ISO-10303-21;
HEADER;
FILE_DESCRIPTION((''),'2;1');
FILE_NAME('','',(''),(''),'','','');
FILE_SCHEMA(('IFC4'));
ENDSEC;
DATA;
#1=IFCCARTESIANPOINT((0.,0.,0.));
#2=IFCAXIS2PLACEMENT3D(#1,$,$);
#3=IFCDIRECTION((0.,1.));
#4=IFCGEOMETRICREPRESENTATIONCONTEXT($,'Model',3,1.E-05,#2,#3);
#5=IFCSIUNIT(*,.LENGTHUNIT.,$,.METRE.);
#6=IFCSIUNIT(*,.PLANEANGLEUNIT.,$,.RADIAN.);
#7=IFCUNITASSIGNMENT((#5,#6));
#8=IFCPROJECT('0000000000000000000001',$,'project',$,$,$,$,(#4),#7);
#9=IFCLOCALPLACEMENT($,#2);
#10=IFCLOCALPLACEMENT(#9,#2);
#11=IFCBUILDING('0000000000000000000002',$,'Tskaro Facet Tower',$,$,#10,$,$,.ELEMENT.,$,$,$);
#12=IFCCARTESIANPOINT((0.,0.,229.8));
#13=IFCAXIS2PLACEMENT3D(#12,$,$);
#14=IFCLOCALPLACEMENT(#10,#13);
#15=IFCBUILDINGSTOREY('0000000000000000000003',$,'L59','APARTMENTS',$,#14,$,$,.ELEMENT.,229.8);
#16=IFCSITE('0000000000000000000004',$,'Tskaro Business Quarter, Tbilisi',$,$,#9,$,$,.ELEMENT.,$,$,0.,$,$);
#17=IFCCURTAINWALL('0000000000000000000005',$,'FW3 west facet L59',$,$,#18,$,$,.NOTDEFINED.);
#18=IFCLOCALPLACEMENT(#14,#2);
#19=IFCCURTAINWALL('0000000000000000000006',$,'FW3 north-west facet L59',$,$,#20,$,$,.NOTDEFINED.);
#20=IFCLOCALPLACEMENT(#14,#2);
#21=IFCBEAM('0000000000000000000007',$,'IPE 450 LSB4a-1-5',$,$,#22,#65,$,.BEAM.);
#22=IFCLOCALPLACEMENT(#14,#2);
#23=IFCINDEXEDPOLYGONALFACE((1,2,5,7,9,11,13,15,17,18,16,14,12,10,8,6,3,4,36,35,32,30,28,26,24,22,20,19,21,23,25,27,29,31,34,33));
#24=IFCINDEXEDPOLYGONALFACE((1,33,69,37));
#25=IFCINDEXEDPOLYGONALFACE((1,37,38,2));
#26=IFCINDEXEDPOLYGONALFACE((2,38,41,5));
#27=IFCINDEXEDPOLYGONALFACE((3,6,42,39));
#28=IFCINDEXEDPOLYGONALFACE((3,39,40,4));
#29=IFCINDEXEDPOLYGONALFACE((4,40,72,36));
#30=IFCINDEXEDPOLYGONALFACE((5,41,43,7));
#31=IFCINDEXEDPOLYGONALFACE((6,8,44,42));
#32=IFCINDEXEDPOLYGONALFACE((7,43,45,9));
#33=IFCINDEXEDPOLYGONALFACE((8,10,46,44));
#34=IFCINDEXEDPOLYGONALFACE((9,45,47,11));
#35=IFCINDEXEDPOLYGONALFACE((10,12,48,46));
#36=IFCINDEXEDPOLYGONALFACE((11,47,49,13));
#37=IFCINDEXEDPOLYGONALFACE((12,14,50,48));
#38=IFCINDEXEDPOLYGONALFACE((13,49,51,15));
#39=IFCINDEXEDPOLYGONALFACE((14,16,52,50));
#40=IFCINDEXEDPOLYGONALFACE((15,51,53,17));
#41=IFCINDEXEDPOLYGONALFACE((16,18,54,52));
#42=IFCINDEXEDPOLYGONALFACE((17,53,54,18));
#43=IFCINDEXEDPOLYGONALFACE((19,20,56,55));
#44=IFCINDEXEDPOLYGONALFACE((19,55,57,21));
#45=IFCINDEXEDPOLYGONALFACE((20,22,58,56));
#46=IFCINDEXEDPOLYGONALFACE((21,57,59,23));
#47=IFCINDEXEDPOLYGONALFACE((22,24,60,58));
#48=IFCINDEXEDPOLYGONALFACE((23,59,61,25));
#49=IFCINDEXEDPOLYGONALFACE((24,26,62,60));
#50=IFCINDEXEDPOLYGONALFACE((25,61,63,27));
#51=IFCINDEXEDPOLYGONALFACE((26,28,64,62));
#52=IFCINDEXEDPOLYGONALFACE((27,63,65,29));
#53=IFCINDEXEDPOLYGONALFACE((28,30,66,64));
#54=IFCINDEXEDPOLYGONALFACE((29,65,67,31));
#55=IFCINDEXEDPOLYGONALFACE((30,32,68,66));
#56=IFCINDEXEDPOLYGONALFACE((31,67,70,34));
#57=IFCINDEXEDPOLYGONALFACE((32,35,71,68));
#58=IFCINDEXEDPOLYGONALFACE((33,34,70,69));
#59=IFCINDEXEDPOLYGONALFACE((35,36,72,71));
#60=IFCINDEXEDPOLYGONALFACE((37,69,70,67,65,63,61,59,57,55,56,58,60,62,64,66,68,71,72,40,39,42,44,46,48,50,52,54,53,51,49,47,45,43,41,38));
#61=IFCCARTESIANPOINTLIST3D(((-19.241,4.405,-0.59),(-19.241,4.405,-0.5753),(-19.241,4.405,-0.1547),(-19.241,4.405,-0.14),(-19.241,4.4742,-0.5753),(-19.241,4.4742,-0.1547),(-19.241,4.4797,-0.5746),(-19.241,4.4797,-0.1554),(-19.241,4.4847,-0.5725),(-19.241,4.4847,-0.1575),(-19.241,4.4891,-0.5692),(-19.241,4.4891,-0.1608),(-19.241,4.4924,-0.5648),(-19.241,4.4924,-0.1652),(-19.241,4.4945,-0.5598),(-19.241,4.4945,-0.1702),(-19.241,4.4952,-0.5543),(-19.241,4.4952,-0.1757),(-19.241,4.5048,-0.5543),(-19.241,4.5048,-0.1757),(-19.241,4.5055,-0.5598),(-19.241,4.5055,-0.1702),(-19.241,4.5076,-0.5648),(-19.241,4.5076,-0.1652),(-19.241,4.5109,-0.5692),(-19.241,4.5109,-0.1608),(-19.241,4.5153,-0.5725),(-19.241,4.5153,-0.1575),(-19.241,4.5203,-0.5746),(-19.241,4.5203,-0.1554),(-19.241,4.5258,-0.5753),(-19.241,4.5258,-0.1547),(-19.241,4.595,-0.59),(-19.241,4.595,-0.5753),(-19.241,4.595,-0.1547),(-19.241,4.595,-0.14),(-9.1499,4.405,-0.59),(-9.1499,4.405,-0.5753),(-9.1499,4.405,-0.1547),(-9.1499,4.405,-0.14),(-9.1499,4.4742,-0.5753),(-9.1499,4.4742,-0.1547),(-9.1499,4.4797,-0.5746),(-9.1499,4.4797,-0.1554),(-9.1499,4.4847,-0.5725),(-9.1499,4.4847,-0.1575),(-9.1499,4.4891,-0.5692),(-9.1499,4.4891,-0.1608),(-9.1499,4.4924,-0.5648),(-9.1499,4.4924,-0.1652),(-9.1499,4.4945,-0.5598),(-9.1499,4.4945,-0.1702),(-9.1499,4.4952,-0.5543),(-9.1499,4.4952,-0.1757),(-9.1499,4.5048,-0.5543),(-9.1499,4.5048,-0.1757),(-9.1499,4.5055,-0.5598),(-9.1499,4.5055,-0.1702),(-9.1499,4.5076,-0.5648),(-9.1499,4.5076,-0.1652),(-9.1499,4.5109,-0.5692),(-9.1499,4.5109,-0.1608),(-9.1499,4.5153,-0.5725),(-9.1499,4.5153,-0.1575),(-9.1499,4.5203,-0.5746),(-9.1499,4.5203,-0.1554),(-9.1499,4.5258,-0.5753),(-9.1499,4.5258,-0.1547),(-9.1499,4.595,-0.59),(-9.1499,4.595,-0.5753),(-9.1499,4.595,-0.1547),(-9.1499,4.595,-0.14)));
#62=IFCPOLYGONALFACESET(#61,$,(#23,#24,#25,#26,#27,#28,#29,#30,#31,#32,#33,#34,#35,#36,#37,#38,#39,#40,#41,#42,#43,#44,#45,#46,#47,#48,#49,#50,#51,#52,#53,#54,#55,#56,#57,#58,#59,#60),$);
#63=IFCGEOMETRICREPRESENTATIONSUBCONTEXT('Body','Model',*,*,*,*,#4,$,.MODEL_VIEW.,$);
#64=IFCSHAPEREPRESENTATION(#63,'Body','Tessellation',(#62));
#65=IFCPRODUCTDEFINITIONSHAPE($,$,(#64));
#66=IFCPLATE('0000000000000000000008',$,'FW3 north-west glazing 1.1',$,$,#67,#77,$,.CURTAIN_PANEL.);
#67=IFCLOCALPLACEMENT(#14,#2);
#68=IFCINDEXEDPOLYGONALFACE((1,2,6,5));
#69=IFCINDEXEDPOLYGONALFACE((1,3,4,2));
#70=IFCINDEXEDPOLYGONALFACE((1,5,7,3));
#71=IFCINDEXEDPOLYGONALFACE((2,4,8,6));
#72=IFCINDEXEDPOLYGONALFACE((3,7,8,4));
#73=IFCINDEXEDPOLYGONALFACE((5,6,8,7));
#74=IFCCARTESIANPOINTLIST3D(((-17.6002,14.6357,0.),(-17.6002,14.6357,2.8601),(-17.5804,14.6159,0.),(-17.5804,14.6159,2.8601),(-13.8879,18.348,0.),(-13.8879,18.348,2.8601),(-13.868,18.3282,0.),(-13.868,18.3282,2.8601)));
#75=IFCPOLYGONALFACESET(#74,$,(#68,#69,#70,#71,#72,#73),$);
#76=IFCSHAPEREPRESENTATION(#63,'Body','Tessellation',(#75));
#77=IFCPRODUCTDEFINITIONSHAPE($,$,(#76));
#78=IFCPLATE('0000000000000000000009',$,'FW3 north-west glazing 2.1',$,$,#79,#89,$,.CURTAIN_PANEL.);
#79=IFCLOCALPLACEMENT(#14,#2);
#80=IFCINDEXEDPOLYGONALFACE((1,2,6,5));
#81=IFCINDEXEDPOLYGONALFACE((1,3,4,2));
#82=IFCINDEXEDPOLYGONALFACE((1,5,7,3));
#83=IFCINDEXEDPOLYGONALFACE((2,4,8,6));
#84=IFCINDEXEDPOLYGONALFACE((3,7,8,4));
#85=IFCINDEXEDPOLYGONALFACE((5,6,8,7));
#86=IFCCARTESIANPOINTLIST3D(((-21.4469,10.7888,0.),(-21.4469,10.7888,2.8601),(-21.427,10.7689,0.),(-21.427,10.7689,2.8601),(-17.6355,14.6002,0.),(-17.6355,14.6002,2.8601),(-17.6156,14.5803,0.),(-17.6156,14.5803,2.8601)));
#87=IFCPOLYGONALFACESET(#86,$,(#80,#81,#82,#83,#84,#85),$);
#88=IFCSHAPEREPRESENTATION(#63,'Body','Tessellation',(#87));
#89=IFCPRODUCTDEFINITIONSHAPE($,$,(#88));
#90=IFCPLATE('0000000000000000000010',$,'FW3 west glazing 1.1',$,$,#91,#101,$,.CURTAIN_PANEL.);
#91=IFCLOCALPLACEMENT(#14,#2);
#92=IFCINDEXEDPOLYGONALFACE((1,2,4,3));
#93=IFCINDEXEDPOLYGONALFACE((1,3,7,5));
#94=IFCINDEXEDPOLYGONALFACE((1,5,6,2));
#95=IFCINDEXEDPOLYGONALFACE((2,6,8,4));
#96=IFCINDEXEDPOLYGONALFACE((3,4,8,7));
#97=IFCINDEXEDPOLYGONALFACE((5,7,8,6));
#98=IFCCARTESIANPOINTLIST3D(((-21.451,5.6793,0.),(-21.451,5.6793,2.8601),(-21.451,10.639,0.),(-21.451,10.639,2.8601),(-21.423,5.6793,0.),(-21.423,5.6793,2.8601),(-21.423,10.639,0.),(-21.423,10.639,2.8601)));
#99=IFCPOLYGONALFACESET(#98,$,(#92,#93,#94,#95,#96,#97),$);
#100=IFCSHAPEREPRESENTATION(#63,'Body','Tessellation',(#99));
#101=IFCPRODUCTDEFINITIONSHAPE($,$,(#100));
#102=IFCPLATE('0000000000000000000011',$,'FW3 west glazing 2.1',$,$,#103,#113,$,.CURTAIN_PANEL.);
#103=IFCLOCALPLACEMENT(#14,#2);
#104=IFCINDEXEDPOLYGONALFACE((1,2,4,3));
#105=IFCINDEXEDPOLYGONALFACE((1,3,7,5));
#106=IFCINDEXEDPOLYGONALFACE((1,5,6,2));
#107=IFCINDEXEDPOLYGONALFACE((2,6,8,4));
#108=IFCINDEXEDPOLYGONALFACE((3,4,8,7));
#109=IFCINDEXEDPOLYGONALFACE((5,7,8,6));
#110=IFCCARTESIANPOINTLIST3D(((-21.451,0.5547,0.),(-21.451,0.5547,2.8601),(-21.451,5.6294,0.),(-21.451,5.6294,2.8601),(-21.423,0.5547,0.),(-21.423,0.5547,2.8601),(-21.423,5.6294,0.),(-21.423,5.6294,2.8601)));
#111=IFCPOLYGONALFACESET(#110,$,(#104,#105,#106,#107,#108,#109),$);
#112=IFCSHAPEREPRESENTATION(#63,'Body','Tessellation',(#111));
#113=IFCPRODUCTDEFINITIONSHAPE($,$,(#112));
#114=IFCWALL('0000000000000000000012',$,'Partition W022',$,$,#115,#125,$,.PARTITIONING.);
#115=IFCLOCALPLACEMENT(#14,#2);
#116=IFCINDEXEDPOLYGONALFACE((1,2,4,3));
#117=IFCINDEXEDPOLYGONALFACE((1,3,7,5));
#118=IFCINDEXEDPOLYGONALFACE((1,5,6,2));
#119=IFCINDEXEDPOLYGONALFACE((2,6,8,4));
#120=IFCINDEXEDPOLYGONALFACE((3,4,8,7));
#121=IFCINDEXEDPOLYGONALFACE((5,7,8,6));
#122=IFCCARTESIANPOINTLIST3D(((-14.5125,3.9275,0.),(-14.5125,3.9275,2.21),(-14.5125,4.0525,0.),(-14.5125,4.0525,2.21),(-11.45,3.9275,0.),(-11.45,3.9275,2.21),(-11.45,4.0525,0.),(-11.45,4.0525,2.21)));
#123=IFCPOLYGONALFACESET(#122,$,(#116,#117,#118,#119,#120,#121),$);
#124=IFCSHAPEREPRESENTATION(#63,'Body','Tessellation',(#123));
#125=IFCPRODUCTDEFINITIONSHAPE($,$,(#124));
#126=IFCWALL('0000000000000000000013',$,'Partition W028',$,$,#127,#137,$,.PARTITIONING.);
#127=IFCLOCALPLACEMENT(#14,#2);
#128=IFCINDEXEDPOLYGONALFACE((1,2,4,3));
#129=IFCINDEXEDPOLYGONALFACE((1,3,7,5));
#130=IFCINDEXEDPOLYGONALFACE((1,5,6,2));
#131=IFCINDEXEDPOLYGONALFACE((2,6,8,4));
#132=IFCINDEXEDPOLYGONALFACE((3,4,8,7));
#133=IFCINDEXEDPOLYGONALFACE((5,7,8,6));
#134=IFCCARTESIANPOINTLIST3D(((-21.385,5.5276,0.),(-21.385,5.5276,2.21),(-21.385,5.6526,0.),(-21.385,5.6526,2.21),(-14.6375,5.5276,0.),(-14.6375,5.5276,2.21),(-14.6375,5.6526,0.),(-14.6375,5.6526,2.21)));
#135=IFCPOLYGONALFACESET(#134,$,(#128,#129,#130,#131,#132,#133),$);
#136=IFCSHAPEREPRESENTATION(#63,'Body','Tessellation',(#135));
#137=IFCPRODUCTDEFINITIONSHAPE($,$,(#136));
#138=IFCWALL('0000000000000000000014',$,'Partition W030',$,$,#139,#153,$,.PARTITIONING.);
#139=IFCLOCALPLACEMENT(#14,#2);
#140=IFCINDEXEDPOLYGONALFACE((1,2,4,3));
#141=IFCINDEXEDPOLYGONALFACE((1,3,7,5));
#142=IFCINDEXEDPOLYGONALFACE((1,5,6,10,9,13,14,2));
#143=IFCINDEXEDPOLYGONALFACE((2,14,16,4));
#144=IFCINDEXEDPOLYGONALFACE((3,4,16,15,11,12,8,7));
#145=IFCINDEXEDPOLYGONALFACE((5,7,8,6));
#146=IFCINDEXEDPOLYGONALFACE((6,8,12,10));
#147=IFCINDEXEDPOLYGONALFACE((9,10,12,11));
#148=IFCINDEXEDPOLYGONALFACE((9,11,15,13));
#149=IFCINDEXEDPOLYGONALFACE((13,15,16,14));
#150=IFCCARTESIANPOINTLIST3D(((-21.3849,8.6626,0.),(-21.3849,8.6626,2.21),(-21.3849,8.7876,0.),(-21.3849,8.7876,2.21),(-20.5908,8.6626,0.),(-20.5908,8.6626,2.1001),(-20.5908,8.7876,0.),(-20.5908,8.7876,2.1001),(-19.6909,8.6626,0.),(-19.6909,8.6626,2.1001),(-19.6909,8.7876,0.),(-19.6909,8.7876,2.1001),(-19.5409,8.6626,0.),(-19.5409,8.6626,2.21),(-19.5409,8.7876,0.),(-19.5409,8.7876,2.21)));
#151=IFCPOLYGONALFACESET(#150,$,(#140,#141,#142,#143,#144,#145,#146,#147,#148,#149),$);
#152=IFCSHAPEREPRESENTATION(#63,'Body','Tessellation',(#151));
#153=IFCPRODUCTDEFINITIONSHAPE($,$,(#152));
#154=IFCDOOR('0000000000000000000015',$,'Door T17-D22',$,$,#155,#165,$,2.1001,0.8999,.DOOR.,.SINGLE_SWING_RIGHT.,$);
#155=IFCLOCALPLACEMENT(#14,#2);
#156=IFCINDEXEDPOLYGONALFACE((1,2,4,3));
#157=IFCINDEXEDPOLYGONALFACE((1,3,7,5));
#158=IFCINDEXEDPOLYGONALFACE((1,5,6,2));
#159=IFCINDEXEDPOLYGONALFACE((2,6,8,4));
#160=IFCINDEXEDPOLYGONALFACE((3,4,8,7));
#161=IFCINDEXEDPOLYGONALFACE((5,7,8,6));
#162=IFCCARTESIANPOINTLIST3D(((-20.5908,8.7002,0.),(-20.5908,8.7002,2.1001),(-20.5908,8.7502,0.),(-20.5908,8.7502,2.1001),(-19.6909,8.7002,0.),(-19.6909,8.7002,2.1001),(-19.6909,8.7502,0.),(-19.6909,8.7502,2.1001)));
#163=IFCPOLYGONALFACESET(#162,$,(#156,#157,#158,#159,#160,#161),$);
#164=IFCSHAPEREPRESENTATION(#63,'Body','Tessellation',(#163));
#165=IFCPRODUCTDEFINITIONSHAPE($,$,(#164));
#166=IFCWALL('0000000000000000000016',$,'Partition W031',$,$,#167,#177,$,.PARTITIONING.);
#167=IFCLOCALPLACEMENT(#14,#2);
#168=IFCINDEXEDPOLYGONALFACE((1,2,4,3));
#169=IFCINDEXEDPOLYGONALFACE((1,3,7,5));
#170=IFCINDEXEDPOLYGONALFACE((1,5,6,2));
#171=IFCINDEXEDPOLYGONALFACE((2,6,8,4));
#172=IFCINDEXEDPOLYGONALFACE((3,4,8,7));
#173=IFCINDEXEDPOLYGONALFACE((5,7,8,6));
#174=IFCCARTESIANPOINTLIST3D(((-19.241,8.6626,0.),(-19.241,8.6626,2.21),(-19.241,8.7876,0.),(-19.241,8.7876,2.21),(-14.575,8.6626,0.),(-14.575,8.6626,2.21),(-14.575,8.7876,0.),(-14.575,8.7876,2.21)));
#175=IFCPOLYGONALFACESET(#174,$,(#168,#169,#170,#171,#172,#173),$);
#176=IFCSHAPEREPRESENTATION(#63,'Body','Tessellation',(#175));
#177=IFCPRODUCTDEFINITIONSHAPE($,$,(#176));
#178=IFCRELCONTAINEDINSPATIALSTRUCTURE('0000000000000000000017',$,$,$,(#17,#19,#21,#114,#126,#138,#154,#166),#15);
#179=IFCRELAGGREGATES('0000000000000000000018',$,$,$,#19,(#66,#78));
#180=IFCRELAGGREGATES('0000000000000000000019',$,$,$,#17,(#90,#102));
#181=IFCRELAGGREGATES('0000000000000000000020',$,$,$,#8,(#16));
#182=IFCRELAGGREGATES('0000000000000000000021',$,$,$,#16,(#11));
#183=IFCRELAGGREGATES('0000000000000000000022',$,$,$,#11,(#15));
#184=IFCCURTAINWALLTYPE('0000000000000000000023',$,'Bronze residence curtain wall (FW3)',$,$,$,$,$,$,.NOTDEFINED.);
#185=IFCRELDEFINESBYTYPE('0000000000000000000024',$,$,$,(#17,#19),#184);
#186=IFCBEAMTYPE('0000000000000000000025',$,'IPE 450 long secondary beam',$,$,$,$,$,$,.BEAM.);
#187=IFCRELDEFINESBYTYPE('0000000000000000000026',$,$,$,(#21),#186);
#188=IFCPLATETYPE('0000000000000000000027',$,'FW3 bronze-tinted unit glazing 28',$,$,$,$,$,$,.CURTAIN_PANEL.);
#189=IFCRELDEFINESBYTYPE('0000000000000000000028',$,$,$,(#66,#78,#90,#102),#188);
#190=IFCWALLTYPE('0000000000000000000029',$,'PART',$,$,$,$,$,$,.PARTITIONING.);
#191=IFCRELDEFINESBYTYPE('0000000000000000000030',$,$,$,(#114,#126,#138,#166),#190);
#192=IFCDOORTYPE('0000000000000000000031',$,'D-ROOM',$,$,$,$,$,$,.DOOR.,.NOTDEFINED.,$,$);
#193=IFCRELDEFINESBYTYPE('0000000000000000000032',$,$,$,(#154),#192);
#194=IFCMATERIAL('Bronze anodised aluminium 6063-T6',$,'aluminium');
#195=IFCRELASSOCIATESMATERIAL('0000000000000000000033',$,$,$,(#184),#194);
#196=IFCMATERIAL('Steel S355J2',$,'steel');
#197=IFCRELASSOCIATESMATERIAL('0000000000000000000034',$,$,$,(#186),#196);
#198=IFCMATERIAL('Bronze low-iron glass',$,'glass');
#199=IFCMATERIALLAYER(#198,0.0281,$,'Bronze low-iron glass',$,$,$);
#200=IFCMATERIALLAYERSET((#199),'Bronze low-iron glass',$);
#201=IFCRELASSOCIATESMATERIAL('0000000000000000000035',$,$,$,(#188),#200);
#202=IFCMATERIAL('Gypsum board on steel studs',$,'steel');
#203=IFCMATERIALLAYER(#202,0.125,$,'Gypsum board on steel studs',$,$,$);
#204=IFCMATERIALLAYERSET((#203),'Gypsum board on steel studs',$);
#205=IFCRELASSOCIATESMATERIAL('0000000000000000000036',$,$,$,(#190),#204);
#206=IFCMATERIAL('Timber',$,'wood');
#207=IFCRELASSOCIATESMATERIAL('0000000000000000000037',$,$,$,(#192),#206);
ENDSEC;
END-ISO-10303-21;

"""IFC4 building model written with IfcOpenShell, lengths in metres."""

from ifc_helpers import new_model, si_unit, direction, frame, frame_2d, origin, origin_2d, place, context, subcontext, project, spatial, rectangle, i_section, extrude, material, layer, layer_set, material_profile, profile_set, type_object, element, fill, aggregate, save


model = new_model("IFC4")

# Units and contexts
model_context = context("Model", 3, precision=1e-05, world=origin(), true_north=direction((0.0, 1.0)))
body_context = subcontext(model_context, "Body", "Model", "MODEL_VIEW")
ifc_project = project(units=[si_unit("LENGTHUNIT", "METRE"), si_unit("PLANEANGLEUNIT", "RADIAN")], contexts=[model_context])

# Site, building, storey
site_placement = place(None, origin())
site = spatial("IfcSite", under=ifc_project, at=site_placement, Name="Tskaro Business Quarter, Tbilisi", CompositionType="ELEMENT", RefElevation=0.0)
building_placement = place(site_placement, origin())
building = spatial("IfcBuilding", under=site, at=building_placement, Name="Tskaro Facet Tower", CompositionType="ELEMENT")
storey_placement = place(building_placement, frame((0.0, 0.0, 229.8)))
storey = spatial("IfcBuildingStorey", under=building, at=storey_placement, Name="L59", Description="APARTMENTS", CompositionType="ELEMENT", Elevation=229.8)

# Shared definitions
ifc_material_1 = material(Name="Steel S355J2", Category="steel")

# Curtain walls
ifc_material_2 = material(Name="Bronze anodised aluminium 6063-T6", Category="aluminium")
curtain_wall_type = type_object("IfcCurtainWallType", Name="Bronze residence curtain wall (FW3)", PredefinedType="NOTDEFINED", material=ifc_material_2)
curtain_wall_1_placement = place(storey_placement, origin())
curtain_wall_1 = element("IfcCurtainWall", 1, at=curtain_wall_1_placement, inside=storey, type_object=curtain_wall_type, Name="FW3 west facet L59", PredefinedType="NOTDEFINED")
curtain_wall_2_placement = place(storey_placement, origin())
curtain_wall_2 = element("IfcCurtainWall", 2, at=curtain_wall_2_placement, inside=storey, type_object=curtain_wall_type, Name="FW3 north-west facet L59", PredefinedType="NOTDEFINED")

# Beam
ifc_material_profile_1 = material_profile(ifc_material_1, i_section(OverallWidth=0.1899, OverallDepth=0.45, WebThickness=0.0095, FlangeThickness=0.0146, FilletRadius=0.021, at=origin_2d()), Name="IPE 450")
ifc_profile_set_1 = profile_set([ifc_material_profile_1], Name="Steel S355J2")
beam_type_1 = type_object("IfcBeamType", Name="IPE 450 long secondary beam", PredefinedType="BEAM", material=ifc_profile_set_1)
beam_1_placement = place(storey_placement, frame((-19.241, 4.5, -0.365), z_axis=(1.0, 0.0, 0.0), x_axis=(0.0, 1.0, 0.0)))
element("IfcBeam", 3, at=beam_1_placement, inside=storey, type_object=beam_type_1, Name="IPE 450 LSB4a-1-5", PredefinedType="BEAM", context=body_context, shape_type="SweptSolid", body=[
    extrude(i_section(OverallWidth=0.1899, OverallDepth=0.45, WebThickness=0.0095, FlangeThickness=0.0146, FilletRadius=0.021, at=origin_2d()), origin(), (0.0, 0.0, 1.0), 10.0911),
])

# Plates
ifc_material_3 = material(Name="Bronze low-iron glass", Category="glass")
ifc_layer_1 = layer(ifc_material_3, 0.0281, Name="Bronze low-iron glass")
ifc_layer_set_1 = layer_set([ifc_layer_1], Name="Bronze low-iron glass")
plate_type = type_object("IfcPlateType", Name="FW3 bronze-tinted unit glazing 28", PredefinedType="CURTAIN_PANEL", material=ifc_layer_set_1)
plate_1_placement = place(storey_placement, frame((-15.7341, 16.4819, 0.0), z_axis=(0.0, 0.0, 1.0), x_axis=(-0.707107, -0.707107, 0.0)))
plate_1 = element("IfcPlate", 4, at=plate_1_placement, type_object=plate_type, Name="FW3 north-west glazing 1.1", PredefinedType="CURTAIN_PANEL", context=body_context, shape_type="SweptSolid", body=[
    extrude(rectangle(XDim=5.25, YDim=0.0281, at=origin_2d()), origin(), (0.0, 0.0, 1.0), 2.8601),
])
plate_2_placement = place(storey_placement, frame((-19.5312, 12.6846, 0.0), z_axis=(0.0, 0.0, 1.0), x_axis=(-0.707107, -0.707107, 0.0)))
plate_2 = element("IfcPlate", 5, at=plate_2_placement, type_object=plate_type, Name="FW3 north-west glazing 2.1", PredefinedType="CURTAIN_PANEL", context=body_context, shape_type="SweptSolid", body=[
    extrude(rectangle(XDim=5.3901, YDim=0.0281, at=origin_2d()), origin(), (0.0, 0.0, 1.0), 2.8601),
])
aggregate(curtain_wall_2, [plate_1, plate_2])
plate_3_placement = place(storey_placement, frame((-21.437, 8.1592, 0.0), z_axis=(0.0, 0.0, 1.0), x_axis=(0.0, -1.0, 0.0)))
plate_3 = element("IfcPlate", 6, at=plate_3_placement, type_object=plate_type, Name="FW3 west glazing 1.1", PredefinedType="CURTAIN_PANEL", context=body_context, shape_type="SweptSolid", body=[
    extrude(rectangle(XDim=4.9597, YDim=0.0281, at=origin_2d()), origin(), (0.0, 0.0, 1.0), 2.8601),
])
plate_4_placement = place(storey_placement, frame((-21.437, 3.092, 0.0), z_axis=(0.0, 0.0, 1.0), x_axis=(0.0, -1.0, 0.0)))
plate_4 = element("IfcPlate", 7, at=plate_4_placement, type_object=plate_type, Name="FW3 west glazing 2.1", PredefinedType="CURTAIN_PANEL", context=body_context, shape_type="SweptSolid", body=[
    extrude(rectangle(XDim=5.0747, YDim=0.0281, at=origin_2d()), origin(), (0.0, 0.0, 1.0), 2.8601),
])
aggregate(curtain_wall_1, [plate_3, plate_4])

# Walls
ifc_material_4 = material(Name="Gypsum board on steel studs", Category="steel")
ifc_layer_2 = layer(ifc_material_4, 0.125, Name="Gypsum board on steel studs")
ifc_layer_set_2 = layer_set([ifc_layer_2], Name="Gypsum board on steel studs")
wall_type_1 = type_object("IfcWallType", Name="PART", PredefinedType="PARTITIONING", material=ifc_layer_set_2)
wall_1_placement = place(storey_placement, frame((-14.5125, 3.99, 0.0), z_axis=(0.0, 0.0, 1.0), x_axis=(1.0, 0.0, 0.0)))
element("IfcWall", 8, at=wall_1_placement, inside=storey, type_object=wall_type_1, Name="Partition W022", PredefinedType="PARTITIONING", context=body_context, shape_type="SweptSolid", body=[
    extrude(rectangle(XDim=3.0625, YDim=0.125, at=frame_2d((1.5312, 0.0))), origin(), (0.0, 0.0, 1.0), 2.21),
])
wall_2_placement = place(storey_placement, frame((-21.385, 5.5901, 0.0), z_axis=(0.0, 0.0, 1.0), x_axis=(1.0, 0.0, 0.0)))
element("IfcWall", 9, at=wall_2_placement, inside=storey, type_object=wall_type_1, Name="Partition W028", PredefinedType="PARTITIONING", context=body_context, shape_type="SweptSolid", body=[
    extrude(rectangle(XDim=6.7476, YDim=0.125, at=frame_2d((3.3738, 0.0))), origin(), (0.0, 0.0, 1.0), 2.21),
])

# Wall, opening, door
wall_3_placement = place(storey_placement, frame((-19.541, 8.7251, 0.0), z_axis=(0.0, 0.0, 1.0), x_axis=(-1.0, 0.0, 0.0)))
wall_3 = element("IfcWall", 10, at=wall_3_placement, inside=storey, type_object=wall_type_1, Name="Partition W030", PredefinedType="PARTITIONING", context=body_context, shape_type="SweptSolid", body=[
    extrude(rectangle(XDim=1.844, YDim=0.125, at=frame_2d((0.9219, 0.0))), origin(), (0.0, 0.0, 1.0), 2.21),
])
opening_1_placement = place(wall_3_placement, frame((0.1499, 0.0, 0.0)))
opening_1 = element("IfcOpeningElement", 11, at=opening_1_placement, cuts=wall_3, PredefinedType="OPENING", context=body_context, shape_type="SweptSolid", body=[
    extrude(rectangle(XDim=0.8999, YDim=2.1001, at=frame_2d((0.45, 1.05))), frame((0.0, 0.0725, 0.0), z_axis=(0.0, -1.0, 0.0), x_axis=(1.0, 0.0, 0.0)), (0.0, 0.0, 1.0), 0.145),
])
ifc_material_5 = material(Name="Timber", Category="wood")
door_type = type_object("IfcDoorType", Name="D-ROOM", OperationType="NOTDEFINED", PredefinedType="DOOR", material=ifc_material_5)
door_1_placement = place(opening_1_placement, origin())
door_1 = element("IfcDoor", 12, at=door_1_placement, inside=storey, type_object=door_type, Name="Door T17-D22", OperationType="SINGLE_SWING_RIGHT", OverallHeight=2.1001, OverallWidth=0.8999, PredefinedType="DOOR", context=body_context, shape_type="SweptSolid", body=[
    extrude(rectangle(XDim=0.8999, YDim=2.1001, at=frame_2d((0.45, 1.05))), frame((0.0, 0.0249, 0.0), z_axis=(0.0, -1.0, 0.0), x_axis=(1.0, 0.0, 0.0)), (0.0, 0.0, 1.0), 0.05),
])
fill(opening_1, door_1)

# Wall
wall_4_placement = place(storey_placement, frame((-19.241, 8.7251, 0.0), z_axis=(0.0, 0.0, 1.0), x_axis=(1.0, 0.0, 0.0)))
element("IfcWall", 13, at=wall_4_placement, inside=storey, type_object=wall_type_1, Name="Partition W031", PredefinedType="PARTITIONING", context=body_context, shape_type="SweptSolid", body=[
    extrude(rectangle(XDim=4.666, YDim=0.125, at=frame_2d((2.333, 0.0))), origin(), (0.0, 0.0, 1.0), 2.21),
])

save(model, "model.ifc")
